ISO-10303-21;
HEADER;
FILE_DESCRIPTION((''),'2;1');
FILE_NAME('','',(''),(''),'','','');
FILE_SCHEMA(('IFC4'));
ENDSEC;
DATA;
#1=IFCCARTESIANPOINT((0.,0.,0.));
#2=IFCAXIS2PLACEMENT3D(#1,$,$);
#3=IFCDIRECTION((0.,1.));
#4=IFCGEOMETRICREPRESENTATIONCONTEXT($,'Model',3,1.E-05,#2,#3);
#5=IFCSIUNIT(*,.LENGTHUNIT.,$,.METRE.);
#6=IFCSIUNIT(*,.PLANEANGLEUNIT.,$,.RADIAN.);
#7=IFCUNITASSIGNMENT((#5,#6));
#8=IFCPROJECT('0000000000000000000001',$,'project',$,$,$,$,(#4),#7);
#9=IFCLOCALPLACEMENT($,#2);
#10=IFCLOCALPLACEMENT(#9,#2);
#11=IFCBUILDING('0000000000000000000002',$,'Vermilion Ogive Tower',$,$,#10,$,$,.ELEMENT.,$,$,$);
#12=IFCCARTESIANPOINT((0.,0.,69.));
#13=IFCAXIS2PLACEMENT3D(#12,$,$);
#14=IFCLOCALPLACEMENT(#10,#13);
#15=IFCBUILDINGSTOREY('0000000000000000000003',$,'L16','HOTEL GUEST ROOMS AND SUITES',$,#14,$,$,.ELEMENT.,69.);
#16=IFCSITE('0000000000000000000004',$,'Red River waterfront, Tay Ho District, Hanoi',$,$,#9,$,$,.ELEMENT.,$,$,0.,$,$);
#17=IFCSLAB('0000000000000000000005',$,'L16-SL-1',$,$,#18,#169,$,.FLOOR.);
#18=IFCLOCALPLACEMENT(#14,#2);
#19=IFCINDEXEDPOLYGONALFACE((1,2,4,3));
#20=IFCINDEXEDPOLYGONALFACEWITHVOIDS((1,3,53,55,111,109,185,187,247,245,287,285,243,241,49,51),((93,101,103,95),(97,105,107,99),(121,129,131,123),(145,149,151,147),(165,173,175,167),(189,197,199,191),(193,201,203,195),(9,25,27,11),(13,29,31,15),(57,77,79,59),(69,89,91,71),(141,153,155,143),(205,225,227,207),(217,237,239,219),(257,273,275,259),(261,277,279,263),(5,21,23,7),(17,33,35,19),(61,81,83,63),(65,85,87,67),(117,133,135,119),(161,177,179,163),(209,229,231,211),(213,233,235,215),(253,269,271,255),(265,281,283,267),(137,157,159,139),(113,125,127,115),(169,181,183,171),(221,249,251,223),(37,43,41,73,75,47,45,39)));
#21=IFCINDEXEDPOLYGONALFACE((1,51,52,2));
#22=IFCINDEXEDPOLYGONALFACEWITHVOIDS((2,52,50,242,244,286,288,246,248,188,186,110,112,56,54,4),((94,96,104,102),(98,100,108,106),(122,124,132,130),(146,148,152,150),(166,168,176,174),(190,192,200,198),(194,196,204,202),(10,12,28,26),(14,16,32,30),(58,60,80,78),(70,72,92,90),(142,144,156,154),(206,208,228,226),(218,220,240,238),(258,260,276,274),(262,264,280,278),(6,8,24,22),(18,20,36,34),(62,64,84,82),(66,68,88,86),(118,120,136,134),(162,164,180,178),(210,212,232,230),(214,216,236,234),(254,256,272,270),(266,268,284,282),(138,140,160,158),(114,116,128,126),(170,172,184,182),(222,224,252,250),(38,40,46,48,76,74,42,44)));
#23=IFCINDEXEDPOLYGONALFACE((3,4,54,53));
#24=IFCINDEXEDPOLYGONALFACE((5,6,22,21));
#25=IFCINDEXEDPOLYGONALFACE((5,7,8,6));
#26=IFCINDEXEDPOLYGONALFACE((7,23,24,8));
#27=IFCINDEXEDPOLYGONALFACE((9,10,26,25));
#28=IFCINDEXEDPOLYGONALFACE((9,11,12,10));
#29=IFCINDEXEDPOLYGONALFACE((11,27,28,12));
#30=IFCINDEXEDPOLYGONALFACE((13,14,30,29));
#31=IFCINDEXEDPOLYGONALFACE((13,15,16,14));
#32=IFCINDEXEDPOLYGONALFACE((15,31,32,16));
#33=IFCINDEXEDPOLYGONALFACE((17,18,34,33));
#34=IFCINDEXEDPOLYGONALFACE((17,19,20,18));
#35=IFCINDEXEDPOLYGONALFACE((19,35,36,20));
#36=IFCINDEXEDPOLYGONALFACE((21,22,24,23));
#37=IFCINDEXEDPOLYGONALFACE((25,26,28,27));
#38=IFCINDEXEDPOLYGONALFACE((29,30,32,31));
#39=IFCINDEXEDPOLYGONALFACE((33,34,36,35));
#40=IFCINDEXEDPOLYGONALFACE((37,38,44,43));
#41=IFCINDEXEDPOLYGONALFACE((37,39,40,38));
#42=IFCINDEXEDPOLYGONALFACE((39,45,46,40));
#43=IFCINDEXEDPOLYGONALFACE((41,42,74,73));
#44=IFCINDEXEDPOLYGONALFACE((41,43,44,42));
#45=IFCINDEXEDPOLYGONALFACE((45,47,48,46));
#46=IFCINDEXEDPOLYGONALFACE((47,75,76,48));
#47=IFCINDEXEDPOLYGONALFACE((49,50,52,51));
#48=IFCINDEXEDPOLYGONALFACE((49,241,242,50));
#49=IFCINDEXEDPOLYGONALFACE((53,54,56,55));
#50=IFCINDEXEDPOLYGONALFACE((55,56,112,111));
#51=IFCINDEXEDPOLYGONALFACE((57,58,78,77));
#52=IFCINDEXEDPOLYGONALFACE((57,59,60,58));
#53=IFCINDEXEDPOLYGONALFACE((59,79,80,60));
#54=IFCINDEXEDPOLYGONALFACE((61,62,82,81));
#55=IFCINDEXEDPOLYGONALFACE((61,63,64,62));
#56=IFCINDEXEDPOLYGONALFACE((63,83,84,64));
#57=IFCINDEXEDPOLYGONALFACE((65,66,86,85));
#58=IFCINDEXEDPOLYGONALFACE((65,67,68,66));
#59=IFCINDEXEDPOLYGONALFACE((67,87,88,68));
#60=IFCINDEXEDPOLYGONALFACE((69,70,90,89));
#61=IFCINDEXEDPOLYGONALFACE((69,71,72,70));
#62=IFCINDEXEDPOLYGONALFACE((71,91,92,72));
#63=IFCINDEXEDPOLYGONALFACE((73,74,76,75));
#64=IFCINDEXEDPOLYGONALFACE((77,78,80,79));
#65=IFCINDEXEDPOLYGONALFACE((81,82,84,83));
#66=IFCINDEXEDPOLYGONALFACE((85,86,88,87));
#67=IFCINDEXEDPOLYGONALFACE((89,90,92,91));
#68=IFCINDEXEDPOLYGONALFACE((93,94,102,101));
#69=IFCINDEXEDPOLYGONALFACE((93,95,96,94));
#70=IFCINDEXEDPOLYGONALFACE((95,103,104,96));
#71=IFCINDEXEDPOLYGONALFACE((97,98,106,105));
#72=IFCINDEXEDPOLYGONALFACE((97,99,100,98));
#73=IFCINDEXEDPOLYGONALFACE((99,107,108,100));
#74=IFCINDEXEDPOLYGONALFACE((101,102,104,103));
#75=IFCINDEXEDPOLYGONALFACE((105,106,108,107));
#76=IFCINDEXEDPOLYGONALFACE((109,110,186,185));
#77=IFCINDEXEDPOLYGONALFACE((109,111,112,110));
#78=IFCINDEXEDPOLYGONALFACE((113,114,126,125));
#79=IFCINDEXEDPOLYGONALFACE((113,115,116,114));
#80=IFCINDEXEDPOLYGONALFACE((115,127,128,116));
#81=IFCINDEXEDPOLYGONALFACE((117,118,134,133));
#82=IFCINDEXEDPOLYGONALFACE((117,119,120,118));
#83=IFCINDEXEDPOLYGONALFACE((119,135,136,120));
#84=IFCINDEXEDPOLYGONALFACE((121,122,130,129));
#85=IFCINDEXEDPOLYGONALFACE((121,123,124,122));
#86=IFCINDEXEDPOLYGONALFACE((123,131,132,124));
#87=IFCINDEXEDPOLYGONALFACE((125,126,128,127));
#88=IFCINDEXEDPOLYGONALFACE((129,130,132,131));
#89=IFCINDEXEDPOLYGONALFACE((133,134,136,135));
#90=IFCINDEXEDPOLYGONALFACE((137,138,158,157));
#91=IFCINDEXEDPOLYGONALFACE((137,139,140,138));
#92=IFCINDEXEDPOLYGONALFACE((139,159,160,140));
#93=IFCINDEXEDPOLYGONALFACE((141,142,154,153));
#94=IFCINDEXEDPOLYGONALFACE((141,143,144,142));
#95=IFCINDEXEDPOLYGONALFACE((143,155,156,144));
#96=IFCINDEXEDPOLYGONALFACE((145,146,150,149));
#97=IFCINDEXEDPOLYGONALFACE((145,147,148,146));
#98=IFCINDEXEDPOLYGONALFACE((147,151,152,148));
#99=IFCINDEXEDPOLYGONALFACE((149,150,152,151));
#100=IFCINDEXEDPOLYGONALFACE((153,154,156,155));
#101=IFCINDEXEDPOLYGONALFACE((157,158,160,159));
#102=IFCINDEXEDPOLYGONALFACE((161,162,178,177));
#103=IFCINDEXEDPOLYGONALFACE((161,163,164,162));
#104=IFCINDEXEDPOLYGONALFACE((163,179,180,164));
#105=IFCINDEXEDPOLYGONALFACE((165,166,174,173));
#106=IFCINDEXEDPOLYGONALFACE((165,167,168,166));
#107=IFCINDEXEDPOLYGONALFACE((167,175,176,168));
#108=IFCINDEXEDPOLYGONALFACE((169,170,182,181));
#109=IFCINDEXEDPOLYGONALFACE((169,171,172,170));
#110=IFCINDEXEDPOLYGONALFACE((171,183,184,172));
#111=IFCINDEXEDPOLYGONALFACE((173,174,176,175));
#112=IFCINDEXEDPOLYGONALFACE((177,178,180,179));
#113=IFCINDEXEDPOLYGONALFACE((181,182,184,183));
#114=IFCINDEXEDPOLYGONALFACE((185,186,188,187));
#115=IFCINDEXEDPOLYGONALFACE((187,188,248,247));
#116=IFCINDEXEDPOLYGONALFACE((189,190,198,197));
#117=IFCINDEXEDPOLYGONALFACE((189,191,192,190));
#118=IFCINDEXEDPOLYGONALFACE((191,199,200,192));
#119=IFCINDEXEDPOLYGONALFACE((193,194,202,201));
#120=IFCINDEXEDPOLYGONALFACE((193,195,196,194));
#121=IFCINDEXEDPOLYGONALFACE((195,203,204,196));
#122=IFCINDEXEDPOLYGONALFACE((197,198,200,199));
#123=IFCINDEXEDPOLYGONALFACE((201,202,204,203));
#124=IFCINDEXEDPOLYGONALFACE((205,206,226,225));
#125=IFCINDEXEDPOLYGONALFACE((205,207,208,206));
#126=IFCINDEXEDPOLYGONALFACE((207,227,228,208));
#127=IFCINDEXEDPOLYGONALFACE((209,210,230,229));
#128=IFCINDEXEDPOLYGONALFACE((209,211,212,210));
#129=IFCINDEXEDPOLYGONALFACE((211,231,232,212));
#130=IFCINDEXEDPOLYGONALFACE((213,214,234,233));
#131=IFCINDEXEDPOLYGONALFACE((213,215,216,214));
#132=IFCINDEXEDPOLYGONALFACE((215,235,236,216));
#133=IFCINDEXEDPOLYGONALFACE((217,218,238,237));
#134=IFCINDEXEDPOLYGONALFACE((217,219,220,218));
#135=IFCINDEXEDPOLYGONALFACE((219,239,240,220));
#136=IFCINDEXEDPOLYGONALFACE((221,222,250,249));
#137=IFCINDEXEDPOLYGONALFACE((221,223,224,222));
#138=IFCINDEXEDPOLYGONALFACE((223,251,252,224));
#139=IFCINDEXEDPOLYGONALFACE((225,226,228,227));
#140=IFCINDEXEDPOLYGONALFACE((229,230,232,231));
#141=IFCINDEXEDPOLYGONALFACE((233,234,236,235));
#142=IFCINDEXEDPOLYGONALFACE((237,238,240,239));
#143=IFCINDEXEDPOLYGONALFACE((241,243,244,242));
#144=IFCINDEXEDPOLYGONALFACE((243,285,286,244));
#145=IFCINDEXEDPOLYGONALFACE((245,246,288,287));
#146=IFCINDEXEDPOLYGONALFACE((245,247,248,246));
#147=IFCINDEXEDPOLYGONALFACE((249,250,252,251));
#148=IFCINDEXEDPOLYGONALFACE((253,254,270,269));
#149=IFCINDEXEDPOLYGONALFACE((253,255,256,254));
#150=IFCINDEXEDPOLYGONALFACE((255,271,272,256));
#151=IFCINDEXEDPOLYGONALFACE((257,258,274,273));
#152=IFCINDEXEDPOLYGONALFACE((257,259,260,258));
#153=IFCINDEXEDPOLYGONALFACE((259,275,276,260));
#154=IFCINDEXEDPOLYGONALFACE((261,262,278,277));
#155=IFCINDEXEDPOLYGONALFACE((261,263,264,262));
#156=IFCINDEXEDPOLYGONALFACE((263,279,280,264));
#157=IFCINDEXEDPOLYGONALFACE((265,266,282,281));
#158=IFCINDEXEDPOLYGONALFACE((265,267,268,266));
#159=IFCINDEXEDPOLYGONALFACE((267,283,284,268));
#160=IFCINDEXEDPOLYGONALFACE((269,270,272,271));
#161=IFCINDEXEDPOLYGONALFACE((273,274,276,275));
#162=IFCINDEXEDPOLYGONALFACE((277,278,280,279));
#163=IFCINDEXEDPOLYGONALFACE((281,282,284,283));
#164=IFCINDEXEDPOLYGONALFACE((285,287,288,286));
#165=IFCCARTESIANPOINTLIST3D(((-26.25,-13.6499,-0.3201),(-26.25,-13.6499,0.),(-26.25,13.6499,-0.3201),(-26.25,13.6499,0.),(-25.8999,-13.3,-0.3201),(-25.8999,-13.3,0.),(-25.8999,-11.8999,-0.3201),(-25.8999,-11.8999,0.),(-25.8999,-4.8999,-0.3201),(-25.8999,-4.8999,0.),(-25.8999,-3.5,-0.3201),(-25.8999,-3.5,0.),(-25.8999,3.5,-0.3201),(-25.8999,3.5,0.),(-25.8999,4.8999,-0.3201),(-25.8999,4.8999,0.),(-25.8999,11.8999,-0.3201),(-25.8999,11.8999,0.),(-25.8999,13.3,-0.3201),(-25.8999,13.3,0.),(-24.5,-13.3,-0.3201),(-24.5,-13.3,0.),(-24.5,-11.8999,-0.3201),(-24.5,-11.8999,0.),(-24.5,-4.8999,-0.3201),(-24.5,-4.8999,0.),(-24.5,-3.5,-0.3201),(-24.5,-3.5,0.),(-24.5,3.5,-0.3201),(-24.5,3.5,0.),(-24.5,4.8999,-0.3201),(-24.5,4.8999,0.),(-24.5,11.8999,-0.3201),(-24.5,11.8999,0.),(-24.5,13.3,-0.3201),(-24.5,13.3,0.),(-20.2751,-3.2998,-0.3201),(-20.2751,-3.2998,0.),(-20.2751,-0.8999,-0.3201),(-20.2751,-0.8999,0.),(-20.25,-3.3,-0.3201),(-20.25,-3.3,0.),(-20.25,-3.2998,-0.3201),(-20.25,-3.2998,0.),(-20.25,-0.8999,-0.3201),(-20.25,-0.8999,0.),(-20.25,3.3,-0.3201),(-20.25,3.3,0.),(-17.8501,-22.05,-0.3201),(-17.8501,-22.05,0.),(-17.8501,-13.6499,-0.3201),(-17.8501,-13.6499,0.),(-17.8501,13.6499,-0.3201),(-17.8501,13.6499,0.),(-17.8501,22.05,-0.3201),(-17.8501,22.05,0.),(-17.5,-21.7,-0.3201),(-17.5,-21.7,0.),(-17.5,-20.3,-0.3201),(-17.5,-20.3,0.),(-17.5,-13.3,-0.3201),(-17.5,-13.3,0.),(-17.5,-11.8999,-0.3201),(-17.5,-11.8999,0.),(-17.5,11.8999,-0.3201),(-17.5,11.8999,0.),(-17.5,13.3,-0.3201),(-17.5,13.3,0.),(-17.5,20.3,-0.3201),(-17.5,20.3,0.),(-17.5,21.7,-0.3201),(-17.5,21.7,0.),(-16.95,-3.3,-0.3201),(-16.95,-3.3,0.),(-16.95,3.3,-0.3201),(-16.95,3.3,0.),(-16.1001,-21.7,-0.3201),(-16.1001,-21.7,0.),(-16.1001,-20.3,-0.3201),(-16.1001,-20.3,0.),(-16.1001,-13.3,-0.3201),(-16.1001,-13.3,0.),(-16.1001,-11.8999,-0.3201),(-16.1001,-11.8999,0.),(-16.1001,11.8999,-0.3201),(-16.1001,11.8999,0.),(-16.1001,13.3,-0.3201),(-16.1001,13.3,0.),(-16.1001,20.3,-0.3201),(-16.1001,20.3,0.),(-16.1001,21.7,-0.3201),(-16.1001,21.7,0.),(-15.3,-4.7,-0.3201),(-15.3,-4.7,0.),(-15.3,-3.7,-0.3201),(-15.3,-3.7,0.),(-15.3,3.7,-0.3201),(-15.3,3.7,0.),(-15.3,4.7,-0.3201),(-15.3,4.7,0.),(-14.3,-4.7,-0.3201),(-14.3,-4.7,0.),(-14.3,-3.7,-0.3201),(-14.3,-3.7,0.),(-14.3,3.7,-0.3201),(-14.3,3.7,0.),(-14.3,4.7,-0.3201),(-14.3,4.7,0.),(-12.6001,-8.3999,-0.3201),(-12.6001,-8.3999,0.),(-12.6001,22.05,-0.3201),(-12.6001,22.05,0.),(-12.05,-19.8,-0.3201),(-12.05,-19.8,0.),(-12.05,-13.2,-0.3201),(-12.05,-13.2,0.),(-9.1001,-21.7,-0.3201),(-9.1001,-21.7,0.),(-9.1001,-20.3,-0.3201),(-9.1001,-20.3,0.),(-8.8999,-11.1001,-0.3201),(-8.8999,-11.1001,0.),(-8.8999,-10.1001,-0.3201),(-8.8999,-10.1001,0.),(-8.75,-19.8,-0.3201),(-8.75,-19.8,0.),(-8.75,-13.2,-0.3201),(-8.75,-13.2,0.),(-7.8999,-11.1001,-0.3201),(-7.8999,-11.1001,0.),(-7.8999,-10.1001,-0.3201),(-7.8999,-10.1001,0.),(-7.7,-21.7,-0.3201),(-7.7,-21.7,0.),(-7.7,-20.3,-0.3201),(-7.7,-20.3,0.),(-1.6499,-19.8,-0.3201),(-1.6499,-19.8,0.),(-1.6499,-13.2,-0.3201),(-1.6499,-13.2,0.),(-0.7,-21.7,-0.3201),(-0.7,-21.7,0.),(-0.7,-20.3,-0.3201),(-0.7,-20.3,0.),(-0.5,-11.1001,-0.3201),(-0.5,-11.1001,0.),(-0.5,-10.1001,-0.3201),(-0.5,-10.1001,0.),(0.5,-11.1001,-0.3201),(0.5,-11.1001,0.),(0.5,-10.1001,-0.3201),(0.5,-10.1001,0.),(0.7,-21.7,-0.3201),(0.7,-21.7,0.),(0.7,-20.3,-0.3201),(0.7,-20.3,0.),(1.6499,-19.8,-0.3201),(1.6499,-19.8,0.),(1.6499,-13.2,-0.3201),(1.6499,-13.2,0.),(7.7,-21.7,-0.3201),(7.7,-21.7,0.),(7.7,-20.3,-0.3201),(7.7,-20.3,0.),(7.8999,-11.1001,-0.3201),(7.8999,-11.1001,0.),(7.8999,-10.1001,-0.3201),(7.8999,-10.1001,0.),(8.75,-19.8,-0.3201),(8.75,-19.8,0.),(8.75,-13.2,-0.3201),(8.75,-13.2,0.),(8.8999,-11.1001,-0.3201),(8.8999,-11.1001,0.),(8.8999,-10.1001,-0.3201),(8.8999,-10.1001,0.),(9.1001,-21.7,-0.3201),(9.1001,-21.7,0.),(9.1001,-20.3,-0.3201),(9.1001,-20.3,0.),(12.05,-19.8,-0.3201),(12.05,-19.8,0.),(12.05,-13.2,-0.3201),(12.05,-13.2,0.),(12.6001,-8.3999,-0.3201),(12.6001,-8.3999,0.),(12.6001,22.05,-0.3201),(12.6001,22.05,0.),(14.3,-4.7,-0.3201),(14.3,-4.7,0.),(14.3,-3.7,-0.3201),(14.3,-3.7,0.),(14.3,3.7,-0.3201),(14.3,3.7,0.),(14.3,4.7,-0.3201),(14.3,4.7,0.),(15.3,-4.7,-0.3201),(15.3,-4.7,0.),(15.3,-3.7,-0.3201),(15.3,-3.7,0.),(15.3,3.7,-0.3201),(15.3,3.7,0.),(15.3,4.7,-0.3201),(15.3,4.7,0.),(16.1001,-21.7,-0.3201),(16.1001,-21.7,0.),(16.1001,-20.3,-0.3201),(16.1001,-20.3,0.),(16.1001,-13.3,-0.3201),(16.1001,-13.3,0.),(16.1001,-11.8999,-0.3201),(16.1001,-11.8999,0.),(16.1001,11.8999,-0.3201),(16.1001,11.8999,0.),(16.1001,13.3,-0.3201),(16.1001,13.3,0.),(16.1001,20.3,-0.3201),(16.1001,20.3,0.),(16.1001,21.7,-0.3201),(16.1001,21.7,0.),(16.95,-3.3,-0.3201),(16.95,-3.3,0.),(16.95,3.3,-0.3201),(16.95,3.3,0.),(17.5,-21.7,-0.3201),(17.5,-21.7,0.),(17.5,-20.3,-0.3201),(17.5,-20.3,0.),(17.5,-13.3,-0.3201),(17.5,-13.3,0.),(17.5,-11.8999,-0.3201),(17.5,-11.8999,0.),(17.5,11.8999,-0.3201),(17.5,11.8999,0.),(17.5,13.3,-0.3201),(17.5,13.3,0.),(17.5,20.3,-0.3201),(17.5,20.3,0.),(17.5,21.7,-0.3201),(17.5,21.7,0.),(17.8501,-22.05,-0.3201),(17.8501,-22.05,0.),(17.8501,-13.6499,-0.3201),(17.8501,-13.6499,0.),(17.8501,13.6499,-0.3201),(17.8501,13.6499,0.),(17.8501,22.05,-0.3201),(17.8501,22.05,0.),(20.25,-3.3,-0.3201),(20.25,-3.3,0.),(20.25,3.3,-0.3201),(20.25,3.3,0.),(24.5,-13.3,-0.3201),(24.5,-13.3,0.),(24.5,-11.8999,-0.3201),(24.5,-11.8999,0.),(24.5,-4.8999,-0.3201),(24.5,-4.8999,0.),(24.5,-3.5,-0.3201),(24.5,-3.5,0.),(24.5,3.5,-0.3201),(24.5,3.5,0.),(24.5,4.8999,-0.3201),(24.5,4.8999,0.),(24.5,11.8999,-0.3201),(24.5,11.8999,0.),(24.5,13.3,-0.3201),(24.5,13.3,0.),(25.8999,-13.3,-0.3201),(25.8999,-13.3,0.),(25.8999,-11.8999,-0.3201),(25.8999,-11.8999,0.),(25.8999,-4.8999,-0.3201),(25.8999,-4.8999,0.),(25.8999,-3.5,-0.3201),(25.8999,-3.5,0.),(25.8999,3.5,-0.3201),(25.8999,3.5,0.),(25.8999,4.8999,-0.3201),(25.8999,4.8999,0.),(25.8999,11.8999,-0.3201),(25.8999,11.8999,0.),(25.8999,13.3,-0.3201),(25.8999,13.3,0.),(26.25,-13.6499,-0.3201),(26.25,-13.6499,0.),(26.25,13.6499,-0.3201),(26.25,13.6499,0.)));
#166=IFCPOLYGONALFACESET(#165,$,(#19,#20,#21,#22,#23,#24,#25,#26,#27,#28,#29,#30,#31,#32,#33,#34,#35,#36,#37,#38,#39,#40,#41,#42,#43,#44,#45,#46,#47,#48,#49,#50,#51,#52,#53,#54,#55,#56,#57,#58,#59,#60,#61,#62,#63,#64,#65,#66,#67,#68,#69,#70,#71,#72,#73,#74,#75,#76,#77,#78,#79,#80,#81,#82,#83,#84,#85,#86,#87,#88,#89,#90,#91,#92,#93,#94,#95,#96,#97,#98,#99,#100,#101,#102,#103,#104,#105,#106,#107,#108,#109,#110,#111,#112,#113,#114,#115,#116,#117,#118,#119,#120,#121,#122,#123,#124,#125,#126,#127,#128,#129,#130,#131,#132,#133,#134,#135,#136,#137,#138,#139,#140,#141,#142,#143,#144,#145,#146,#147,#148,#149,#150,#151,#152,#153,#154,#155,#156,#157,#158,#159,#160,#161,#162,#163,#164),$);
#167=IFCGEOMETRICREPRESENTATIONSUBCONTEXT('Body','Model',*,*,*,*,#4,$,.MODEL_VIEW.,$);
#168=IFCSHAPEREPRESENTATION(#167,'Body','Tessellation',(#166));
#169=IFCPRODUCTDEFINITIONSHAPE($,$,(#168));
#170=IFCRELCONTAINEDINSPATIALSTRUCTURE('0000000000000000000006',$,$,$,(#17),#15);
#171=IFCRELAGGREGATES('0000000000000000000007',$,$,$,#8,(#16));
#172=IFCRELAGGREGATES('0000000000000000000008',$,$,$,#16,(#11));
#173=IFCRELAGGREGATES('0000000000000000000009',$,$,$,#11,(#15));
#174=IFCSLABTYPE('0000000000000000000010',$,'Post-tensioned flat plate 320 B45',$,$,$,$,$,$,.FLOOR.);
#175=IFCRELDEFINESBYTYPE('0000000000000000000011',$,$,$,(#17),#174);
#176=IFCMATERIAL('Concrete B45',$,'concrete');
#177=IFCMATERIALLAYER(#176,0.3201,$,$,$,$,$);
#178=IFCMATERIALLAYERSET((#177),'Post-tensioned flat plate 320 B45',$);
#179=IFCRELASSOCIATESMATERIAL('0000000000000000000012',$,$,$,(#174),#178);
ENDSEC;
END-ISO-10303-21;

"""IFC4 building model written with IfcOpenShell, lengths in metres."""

from ifc_helpers import new_model, si_unit, direction, frame, origin, place, context, subcontext, project, spatial, polyline, outline, extrude, material, layer, layer_set, type_object, element, save


model = new_model("IFC4")

# Units and contexts
model_context = context("Model", 3, precision=1e-05, world=origin(), true_north=direction((0.0, 1.0)))
body_context = subcontext(model_context, "Body", "Model", "MODEL_VIEW")
ifc_project = project(units=[si_unit("LENGTHUNIT", "METRE"), si_unit("PLANEANGLEUNIT", "RADIAN")], contexts=[model_context])

# Site, building, storey
site_placement = place(None, origin())
site = spatial("IfcSite", under=ifc_project, at=site_placement, Name="Red River waterfront, Tay Ho District, Hanoi", CompositionType="ELEMENT", RefElevation=0.0)
building_placement = place(site_placement, origin())
building = spatial("IfcBuilding", under=site, at=building_placement, Name="Vermilion Ogive Tower", CompositionType="ELEMENT")
storey_placement = place(building_placement, frame((0.0, 0.0, 69.0)))
storey = spatial("IfcBuildingStorey", under=building, at=storey_placement, Name="L16", Description="HOTEL GUEST ROOMS AND SUITES", CompositionType="ELEMENT", Elevation=69.0)

# Slab
ifc_material_1 = material(Name="Concrete B45", Category="concrete")
ifc_layer_1 = layer(ifc_material_1, 0.3201)
ifc_layer_set_1 = layer_set([ifc_layer_1], Name="Post-tensioned flat plate 320 B45")
slab_type = type_object("IfcSlabType", Name="Post-tensioned flat plate 320 B45", PredefinedType="FLOOR", material=ifc_layer_set_1)
slab_placement = place(storey_placement, frame((0.0, 0.0, -0.3201)))
element("IfcSlab", 1, at=slab_placement, inside=storey, type_object=slab_type, Name="L16-SL-1", PredefinedType="FLOOR", context=body_context, shape_type="SweptSolid", body=[
    extrude(outline(polyline([(-26.25, -13.6499), (-17.8501, -13.6499), (-17.8501, -22.05), (17.8501, -22.05), (17.8501, -13.6499), (26.25, -13.6499), (26.25, 13.6499), (17.8501, 13.6499), (17.8501, 22.05), (12.6001, 22.05), (12.6001, -8.3999), (-12.6001, -8.3999), (-12.6001, 22.05), (-17.8501, 22.05), (-17.8501, 13.6499), (-26.25, 13.6499), (-26.25, -13.6499)]), holes=[polyline([(25.8999, -3.5), (25.8999, -4.8999), (24.5, -4.8999), (24.5, -3.5), (25.8999, -3.5)]), polyline([(25.8999, -11.8999), (25.8999, -13.3), (24.5, -13.3), (24.5, -11.8999), (25.8999, -11.8999)]), polyline([(25.8999, 11.8999), (24.5, 11.8999), (24.5, 13.3), (25.8999, 13.3), (25.8999, 11.8999)]), polyline([(25.8999, 3.5), (24.5, 3.5), (24.5, 4.8999), (25.8999, 4.8999), (25.8999, 3.5)]), polyline([(20.25, 3.3), (20.25, -3.3), (16.95, -3.3), (16.95, 3.3), (20.25, 3.3)]), polyline([(17.5, -11.8999), (17.5, -13.3), (16.1001, -13.3), (16.1001, -11.8999), (17.5, -11.8999)]), polyline([(17.5, 20.3), (16.1001, 20.3), (16.1001, 21.7), (17.5, 21.7), (17.5, 20.3)]), polyline([(17.5, -20.3), (17.5, -21.7), (16.1001, -21.7), (16.1001, -20.3), (17.5, -20.3)]), polyline([(17.5, 13.3), (17.5, 11.8999), (16.1001, 11.8999), (16.1001, 13.3), (17.5, 13.3)]), polyline([(15.3, 4.7), (15.3, 3.7), (14.3, 3.7), (14.3, 4.7), (15.3, 4.7)]), polyline([(15.3, -4.7), (14.3, -4.7), (14.3, -3.7), (15.3, -3.7), (15.3, -4.7)]), polyline([(12.05, -13.2), (12.05, -19.8), (8.75, -19.8), (8.75, -13.2), (12.05, -13.2)]), polyline([(9.1001, -20.3), (9.1001, -21.7), (7.7, -21.7), (7.7, -20.3), (9.1001, -20.3)]), polyline([(8.8999, -11.1001), (7.8999, -11.1001), (7.8999, -10.1001), (8.8999, -10.1001), (8.8999, -11.1001)]), polyline([(1.6499, -13.2), (1.6499, -19.8), (-1.6499, -19.8), (-1.6499, -13.2), (1.6499, -13.2)]), polyline([(0.7, -20.3), (0.7, -21.7), (-0.7, -21.7), (-0.7, -20.3), (0.7, -20.3)]), polyline([(0.5, -10.1001), (0.5, -11.1001), (-0.5, -11.1001), (-0.5, -10.1001), (0.5, -10.1001)]), polyline([(-7.7, -20.3), (-7.7, -21.7), (-9.1001, -21.7), (-9.1001, -20.3), (-7.7, -20.3)]), polyline([(-7.8999, -10.1001), (-7.8999, -11.1001), (-8.8999, -11.1001), (-8.8999, -10.1001), (-7.8999, -10.1001)]), polyline([(-8.75, -13.2), (-8.75, -19.8), (-12.05, -19.8), (-12.05, -13.2), (-8.75, -13.2)]), polyline([(-14.3, 4.7), (-14.3, 3.7), (-15.3, 3.7), (-15.3, 4.7), (-14.3, 4.7)]), polyline([(-14.3, -4.7), (-15.3, -4.7), (-15.3, -3.7), (-14.3, -3.7), (-14.3, -4.7)]), polyline([(-16.1001, 13.3), (-16.1001, 11.8999), (-17.5, 11.8999), (-17.5, 13.3), (-16.1001, 13.3)]), polyline([(-16.1001, -11.8999), (-16.1001, -13.3), (-17.5, -13.3), (-17.5, -11.8999), (-16.1001, -11.8999)]), polyline([(-16.1001, -20.3), (-16.1001, -21.7), (-17.5, -21.7), (-17.5, -20.3), (-16.1001, -20.3)]), polyline([(-16.1001, 20.3), (-17.5, 20.3), (-17.5, 21.7), (-16.1001, 21.7), (-16.1001, 20.3)]), polyline([(-16.95, 3.3), (-16.95, -3.3), (-20.25, -3.3), (-20.25, -3.2998), (-20.2751, -3.2998), (-20.2751, -0.8999), (-20.25, -0.8999), (-20.25, 3.3), (-16.95, 3.3)]), polyline([(-24.5, 3.5), (-25.8999, 3.5), (-25.8999, 4.8999), (-24.5, 4.8999), (-24.5, 3.5)]), polyline([(-24.5, 13.3), (-24.5, 11.8999), (-25.8999, 11.8999), (-25.8999, 13.3), (-24.5, 13.3)]), polyline([(-24.5, -3.5), (-24.5, -4.8999), (-25.8999, -4.8999), (-25.8999, -3.5), (-24.5, -3.5)]), polyline([(-24.5, -11.8999), (-24.5, -13.3), (-25.8999, -13.3), (-25.8999, -11.8999), (-24.5, -11.8999)])]), origin(), (0.0, 0.0, 1.0), 0.3201),
])

save(model, "model.ifc")
